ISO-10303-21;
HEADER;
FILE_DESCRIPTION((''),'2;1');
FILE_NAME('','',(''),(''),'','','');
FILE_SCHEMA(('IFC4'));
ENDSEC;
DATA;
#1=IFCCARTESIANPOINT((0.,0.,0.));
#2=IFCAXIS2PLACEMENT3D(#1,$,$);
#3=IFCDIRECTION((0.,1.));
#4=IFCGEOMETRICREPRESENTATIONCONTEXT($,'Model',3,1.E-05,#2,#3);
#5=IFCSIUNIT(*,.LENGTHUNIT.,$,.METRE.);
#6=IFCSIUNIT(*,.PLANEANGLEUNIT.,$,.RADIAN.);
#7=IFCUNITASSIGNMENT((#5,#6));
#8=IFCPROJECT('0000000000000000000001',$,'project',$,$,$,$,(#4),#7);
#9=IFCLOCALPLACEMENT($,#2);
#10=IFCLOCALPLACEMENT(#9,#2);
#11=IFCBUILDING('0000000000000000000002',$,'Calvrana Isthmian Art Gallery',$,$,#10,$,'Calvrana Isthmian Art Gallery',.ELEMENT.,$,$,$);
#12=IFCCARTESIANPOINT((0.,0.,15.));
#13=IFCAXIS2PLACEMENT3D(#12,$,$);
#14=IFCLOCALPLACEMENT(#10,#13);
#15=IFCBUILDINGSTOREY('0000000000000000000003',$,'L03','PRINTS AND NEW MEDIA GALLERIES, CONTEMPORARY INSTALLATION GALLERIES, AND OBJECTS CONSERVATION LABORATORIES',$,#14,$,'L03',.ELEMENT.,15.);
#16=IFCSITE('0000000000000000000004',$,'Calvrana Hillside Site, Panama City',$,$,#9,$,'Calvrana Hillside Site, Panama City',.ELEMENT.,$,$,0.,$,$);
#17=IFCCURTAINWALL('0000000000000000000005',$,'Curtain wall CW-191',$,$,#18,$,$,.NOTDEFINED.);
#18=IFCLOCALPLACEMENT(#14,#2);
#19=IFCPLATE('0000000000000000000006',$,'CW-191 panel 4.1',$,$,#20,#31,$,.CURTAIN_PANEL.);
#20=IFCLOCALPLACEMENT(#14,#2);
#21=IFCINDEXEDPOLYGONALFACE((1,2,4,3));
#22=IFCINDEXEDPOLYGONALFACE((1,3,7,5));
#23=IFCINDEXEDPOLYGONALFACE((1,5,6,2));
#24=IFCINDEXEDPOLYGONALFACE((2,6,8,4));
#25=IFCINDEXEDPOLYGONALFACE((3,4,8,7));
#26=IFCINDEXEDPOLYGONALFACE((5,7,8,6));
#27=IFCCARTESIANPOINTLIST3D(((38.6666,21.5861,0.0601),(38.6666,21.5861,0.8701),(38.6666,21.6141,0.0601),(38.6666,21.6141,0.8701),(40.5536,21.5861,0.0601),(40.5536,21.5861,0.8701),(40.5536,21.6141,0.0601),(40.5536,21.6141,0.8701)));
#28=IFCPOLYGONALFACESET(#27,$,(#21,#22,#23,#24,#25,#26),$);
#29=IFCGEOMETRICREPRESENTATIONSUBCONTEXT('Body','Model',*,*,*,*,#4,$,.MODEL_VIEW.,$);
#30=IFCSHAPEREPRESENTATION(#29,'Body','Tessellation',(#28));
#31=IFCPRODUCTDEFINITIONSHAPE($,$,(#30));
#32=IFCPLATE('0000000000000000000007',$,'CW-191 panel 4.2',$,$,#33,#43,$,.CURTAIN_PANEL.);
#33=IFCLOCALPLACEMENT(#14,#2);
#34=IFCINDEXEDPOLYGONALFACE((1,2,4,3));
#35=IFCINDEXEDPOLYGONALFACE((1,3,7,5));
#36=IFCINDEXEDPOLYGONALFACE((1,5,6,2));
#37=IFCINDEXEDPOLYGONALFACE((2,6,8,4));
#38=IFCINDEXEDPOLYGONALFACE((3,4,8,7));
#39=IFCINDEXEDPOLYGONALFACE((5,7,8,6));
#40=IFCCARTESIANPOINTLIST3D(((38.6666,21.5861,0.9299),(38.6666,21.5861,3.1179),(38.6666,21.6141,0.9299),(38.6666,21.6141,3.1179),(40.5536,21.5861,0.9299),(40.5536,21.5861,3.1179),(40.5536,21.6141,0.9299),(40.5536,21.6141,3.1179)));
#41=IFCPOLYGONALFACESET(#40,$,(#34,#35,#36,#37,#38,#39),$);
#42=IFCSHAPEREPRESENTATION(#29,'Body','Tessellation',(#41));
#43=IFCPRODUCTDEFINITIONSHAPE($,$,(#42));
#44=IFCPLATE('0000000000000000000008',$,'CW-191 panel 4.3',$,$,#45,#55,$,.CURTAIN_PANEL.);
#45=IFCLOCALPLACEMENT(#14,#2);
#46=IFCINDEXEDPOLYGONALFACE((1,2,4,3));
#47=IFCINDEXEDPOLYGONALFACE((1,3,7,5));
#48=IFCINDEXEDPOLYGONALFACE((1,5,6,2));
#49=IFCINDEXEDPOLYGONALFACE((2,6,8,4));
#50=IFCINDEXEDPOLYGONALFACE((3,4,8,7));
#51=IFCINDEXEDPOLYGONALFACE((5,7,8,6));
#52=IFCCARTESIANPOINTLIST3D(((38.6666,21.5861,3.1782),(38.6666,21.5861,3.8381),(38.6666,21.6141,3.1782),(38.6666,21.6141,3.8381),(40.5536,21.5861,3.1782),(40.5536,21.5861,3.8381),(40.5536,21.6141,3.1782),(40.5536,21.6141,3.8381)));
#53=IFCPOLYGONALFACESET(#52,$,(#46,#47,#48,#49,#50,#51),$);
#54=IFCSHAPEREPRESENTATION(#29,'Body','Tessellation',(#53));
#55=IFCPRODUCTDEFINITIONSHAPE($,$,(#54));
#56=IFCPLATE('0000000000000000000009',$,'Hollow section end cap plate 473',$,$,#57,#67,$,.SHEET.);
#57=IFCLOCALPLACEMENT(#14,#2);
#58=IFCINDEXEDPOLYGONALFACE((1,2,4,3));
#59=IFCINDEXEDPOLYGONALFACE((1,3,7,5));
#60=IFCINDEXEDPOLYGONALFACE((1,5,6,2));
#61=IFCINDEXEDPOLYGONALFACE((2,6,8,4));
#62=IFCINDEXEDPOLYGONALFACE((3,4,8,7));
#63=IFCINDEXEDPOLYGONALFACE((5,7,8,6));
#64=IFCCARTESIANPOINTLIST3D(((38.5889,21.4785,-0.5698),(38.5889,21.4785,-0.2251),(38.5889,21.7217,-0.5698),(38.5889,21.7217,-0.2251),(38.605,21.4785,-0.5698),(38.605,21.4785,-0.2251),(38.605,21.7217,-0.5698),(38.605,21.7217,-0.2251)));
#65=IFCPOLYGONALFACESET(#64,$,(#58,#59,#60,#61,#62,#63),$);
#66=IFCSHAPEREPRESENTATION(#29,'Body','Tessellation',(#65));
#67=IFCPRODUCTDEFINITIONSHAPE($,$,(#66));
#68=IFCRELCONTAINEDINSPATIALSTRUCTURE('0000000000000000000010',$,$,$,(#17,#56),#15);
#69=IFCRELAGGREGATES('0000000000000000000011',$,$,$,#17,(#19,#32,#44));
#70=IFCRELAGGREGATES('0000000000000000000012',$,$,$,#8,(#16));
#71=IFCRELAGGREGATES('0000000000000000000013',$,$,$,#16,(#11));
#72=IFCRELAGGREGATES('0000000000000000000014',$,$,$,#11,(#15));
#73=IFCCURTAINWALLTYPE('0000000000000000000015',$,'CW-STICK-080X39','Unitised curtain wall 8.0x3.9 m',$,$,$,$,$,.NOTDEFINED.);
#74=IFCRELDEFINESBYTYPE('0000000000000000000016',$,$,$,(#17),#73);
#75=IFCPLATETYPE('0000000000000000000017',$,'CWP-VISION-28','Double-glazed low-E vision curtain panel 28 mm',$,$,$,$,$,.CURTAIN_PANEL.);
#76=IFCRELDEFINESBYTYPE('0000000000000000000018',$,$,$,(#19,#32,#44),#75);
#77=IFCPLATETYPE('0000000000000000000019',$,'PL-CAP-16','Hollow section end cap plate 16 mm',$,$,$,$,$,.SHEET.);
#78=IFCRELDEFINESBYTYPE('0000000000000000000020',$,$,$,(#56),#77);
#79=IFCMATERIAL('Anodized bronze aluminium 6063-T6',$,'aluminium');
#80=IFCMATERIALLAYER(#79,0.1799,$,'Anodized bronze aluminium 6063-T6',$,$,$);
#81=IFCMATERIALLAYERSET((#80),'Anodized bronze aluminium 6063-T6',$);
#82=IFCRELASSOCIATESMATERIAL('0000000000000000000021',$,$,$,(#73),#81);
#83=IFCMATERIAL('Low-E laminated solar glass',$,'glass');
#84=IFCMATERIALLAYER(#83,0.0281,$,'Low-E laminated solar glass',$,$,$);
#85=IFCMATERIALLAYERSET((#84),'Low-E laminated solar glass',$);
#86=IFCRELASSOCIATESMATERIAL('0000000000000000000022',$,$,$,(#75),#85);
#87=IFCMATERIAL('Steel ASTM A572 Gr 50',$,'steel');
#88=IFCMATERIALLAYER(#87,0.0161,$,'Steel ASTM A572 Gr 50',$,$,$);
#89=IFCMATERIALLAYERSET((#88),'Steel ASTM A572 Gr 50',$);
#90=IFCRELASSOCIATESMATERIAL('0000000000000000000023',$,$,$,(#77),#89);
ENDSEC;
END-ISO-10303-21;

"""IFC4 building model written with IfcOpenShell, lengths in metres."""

from ifc_helpers import new_model, si_unit, direction, frame, origin, origin_2d, place, context, subcontext, project, spatial, rectangle, extrude, material, layer, layer_set, type_object, element, aggregate, save


model = new_model("IFC4")

# Units and contexts
model_context = context("Model", 3, precision=1e-05, world=origin(), true_north=direction((0.0, 1.0)))
body_context = subcontext(model_context, "Body", "Model", "MODEL_VIEW")
ifc_project = project(units=[si_unit("LENGTHUNIT", "METRE"), si_unit("PLANEANGLEUNIT", "RADIAN")], contexts=[model_context])

# Site, building, storey
site_placement = place(None, origin())
site = spatial("IfcSite", under=ifc_project, at=site_placement, Name="Calvrana Hillside Site, Panama City", LongName="Calvrana Hillside Site, Panama City", CompositionType="ELEMENT", RefElevation=0.0)
building_placement = place(site_placement, origin())
building = spatial("IfcBuilding", under=site, at=building_placement, Name="Calvrana Isthmian Art Gallery", LongName="Calvrana Isthmian Art Gallery", CompositionType="ELEMENT")
storey_placement = place(building_placement, frame((0.0, 0.0, 15.0)))
storey = spatial("IfcBuildingStorey", under=building, at=storey_placement, Name="L03", Description="PRINTS AND NEW MEDIA GALLERIES, CONTEMPORARY INSTALLATION GALLERIES, AND OBJECTS CONSERVATION LABORATORIES", LongName="L03", CompositionType="ELEMENT", Elevation=15.0)

# Curtain wall
ifc_material_1 = material(Name="Anodized bronze aluminium 6063-T6", Category="aluminium")
ifc_layer_1 = layer(ifc_material_1, 0.1799, Name="Anodized bronze aluminium 6063-T6")
ifc_layer_set_1 = layer_set([ifc_layer_1], Name="Anodized bronze aluminium 6063-T6")
curtain_wall_type_1 = type_object("IfcCurtainWallType", Name="CW-STICK-080X39", Description="Unitised curtain wall 8.0x3.9 m", PredefinedType="NOTDEFINED", material=ifc_layer_set_1)
curtain_wall_1_placement = place(storey_placement, origin())
curtain_wall_1 = element("IfcCurtainWall", 1, at=curtain_wall_1_placement, inside=storey, type_object=curtain_wall_type_1, Name="Curtain wall CW-191", PredefinedType="NOTDEFINED")

# Plates
ifc_material_2 = material(Name="Low-E laminated solar glass", Category="glass")
ifc_layer_2 = layer(ifc_material_2, 0.0281, Name="Low-E laminated solar glass")
ifc_layer_set_2 = layer_set([ifc_layer_2], Name="Low-E laminated solar glass")
plate_type_1 = type_object("IfcPlateType", Name="CWP-VISION-28", Description="Double-glazed low-E vision curtain panel 28 mm", PredefinedType="CURTAIN_PANEL", material=ifc_layer_set_2)
plate_1_placement = place(storey_placement, frame((39.6101, 21.6001, 0.0601), z_axis=(0.0, 0.0, 1.0), x_axis=(-1.0, 0.0, 0.0)))
plate_1 = element("IfcPlate", 2, at=plate_1_placement, type_object=plate_type_1, Name="CW-191 panel 4.1", PredefinedType="CURTAIN_PANEL", context=body_context, shape_type="SweptSolid", body=[
    extrude(rectangle(XDim=1.887, YDim=0.0281, at=origin_2d()), origin(), (0.0, 0.0, 1.0), 0.8101),
])
plate_2_placement = place(storey_placement, frame((39.6101, 21.6001, 0.9299), z_axis=(0.0, 0.0, 1.0), x_axis=(-1.0, 0.0, 0.0)))
plate_2 = element("IfcPlate", 3, at=plate_2_placement, type_object=plate_type_1, Name="CW-191 panel 4.2", PredefinedType="CURTAIN_PANEL", context=body_context, shape_type="SweptSolid", body=[
    extrude(rectangle(XDim=1.887, YDim=0.0281, at=origin_2d()), origin(), (0.0, 0.0, 1.0), 2.188),
])
plate_3_placement = place(storey_placement, frame((39.6101, 21.6001, 3.1782), z_axis=(0.0, 0.0, 1.0), x_axis=(-1.0, 0.0, 0.0)))
plate_3 = element("IfcPlate", 4, at=plate_3_placement, type_object=plate_type_1, Name="CW-191 panel 4.3", PredefinedType="CURTAIN_PANEL", context=body_context, shape_type="SweptSolid", body=[
    extrude(rectangle(XDim=1.887, YDim=0.0281, at=origin_2d()), origin(), (0.0, 0.0, 1.0), 0.6599),
])
aggregate(curtain_wall_1, [plate_1, plate_2, plate_3])
ifc_material_3 = material(Name="Steel ASTM A572 Gr 50", Category="steel")
ifc_layer_3 = layer(ifc_material_3, 0.0161, Name="Steel ASTM A572 Gr 50")
ifc_layer_set_3 = layer_set([ifc_layer_3], Name="Steel ASTM A572 Gr 50")
plate_type_2 = type_object("IfcPlateType", Name="PL-CAP-16", Description="Hollow section end cap plate 16 mm", PredefinedType="SHEET", material=ifc_layer_set_3)
plate_4_placement = place(storey_placement, frame((38.5969, 21.6001, -0.5698), z_axis=(0.0, 0.0, 1.0), x_axis=(1.0, 0.0, 0.0)))
element("IfcPlate", 5, at=plate_4_placement, inside=storey, type_object=plate_type_2, Name="Hollow section end cap plate 473", PredefinedType="SHEET", context=body_context, shape_type="SweptSolid", body=[
    extrude(rectangle(XDim=0.0161, YDim=0.2432, at=origin_2d()), origin(), (0.0, 0.0, 1.0), 0.3447),
])

save(model, "model.ifc")
